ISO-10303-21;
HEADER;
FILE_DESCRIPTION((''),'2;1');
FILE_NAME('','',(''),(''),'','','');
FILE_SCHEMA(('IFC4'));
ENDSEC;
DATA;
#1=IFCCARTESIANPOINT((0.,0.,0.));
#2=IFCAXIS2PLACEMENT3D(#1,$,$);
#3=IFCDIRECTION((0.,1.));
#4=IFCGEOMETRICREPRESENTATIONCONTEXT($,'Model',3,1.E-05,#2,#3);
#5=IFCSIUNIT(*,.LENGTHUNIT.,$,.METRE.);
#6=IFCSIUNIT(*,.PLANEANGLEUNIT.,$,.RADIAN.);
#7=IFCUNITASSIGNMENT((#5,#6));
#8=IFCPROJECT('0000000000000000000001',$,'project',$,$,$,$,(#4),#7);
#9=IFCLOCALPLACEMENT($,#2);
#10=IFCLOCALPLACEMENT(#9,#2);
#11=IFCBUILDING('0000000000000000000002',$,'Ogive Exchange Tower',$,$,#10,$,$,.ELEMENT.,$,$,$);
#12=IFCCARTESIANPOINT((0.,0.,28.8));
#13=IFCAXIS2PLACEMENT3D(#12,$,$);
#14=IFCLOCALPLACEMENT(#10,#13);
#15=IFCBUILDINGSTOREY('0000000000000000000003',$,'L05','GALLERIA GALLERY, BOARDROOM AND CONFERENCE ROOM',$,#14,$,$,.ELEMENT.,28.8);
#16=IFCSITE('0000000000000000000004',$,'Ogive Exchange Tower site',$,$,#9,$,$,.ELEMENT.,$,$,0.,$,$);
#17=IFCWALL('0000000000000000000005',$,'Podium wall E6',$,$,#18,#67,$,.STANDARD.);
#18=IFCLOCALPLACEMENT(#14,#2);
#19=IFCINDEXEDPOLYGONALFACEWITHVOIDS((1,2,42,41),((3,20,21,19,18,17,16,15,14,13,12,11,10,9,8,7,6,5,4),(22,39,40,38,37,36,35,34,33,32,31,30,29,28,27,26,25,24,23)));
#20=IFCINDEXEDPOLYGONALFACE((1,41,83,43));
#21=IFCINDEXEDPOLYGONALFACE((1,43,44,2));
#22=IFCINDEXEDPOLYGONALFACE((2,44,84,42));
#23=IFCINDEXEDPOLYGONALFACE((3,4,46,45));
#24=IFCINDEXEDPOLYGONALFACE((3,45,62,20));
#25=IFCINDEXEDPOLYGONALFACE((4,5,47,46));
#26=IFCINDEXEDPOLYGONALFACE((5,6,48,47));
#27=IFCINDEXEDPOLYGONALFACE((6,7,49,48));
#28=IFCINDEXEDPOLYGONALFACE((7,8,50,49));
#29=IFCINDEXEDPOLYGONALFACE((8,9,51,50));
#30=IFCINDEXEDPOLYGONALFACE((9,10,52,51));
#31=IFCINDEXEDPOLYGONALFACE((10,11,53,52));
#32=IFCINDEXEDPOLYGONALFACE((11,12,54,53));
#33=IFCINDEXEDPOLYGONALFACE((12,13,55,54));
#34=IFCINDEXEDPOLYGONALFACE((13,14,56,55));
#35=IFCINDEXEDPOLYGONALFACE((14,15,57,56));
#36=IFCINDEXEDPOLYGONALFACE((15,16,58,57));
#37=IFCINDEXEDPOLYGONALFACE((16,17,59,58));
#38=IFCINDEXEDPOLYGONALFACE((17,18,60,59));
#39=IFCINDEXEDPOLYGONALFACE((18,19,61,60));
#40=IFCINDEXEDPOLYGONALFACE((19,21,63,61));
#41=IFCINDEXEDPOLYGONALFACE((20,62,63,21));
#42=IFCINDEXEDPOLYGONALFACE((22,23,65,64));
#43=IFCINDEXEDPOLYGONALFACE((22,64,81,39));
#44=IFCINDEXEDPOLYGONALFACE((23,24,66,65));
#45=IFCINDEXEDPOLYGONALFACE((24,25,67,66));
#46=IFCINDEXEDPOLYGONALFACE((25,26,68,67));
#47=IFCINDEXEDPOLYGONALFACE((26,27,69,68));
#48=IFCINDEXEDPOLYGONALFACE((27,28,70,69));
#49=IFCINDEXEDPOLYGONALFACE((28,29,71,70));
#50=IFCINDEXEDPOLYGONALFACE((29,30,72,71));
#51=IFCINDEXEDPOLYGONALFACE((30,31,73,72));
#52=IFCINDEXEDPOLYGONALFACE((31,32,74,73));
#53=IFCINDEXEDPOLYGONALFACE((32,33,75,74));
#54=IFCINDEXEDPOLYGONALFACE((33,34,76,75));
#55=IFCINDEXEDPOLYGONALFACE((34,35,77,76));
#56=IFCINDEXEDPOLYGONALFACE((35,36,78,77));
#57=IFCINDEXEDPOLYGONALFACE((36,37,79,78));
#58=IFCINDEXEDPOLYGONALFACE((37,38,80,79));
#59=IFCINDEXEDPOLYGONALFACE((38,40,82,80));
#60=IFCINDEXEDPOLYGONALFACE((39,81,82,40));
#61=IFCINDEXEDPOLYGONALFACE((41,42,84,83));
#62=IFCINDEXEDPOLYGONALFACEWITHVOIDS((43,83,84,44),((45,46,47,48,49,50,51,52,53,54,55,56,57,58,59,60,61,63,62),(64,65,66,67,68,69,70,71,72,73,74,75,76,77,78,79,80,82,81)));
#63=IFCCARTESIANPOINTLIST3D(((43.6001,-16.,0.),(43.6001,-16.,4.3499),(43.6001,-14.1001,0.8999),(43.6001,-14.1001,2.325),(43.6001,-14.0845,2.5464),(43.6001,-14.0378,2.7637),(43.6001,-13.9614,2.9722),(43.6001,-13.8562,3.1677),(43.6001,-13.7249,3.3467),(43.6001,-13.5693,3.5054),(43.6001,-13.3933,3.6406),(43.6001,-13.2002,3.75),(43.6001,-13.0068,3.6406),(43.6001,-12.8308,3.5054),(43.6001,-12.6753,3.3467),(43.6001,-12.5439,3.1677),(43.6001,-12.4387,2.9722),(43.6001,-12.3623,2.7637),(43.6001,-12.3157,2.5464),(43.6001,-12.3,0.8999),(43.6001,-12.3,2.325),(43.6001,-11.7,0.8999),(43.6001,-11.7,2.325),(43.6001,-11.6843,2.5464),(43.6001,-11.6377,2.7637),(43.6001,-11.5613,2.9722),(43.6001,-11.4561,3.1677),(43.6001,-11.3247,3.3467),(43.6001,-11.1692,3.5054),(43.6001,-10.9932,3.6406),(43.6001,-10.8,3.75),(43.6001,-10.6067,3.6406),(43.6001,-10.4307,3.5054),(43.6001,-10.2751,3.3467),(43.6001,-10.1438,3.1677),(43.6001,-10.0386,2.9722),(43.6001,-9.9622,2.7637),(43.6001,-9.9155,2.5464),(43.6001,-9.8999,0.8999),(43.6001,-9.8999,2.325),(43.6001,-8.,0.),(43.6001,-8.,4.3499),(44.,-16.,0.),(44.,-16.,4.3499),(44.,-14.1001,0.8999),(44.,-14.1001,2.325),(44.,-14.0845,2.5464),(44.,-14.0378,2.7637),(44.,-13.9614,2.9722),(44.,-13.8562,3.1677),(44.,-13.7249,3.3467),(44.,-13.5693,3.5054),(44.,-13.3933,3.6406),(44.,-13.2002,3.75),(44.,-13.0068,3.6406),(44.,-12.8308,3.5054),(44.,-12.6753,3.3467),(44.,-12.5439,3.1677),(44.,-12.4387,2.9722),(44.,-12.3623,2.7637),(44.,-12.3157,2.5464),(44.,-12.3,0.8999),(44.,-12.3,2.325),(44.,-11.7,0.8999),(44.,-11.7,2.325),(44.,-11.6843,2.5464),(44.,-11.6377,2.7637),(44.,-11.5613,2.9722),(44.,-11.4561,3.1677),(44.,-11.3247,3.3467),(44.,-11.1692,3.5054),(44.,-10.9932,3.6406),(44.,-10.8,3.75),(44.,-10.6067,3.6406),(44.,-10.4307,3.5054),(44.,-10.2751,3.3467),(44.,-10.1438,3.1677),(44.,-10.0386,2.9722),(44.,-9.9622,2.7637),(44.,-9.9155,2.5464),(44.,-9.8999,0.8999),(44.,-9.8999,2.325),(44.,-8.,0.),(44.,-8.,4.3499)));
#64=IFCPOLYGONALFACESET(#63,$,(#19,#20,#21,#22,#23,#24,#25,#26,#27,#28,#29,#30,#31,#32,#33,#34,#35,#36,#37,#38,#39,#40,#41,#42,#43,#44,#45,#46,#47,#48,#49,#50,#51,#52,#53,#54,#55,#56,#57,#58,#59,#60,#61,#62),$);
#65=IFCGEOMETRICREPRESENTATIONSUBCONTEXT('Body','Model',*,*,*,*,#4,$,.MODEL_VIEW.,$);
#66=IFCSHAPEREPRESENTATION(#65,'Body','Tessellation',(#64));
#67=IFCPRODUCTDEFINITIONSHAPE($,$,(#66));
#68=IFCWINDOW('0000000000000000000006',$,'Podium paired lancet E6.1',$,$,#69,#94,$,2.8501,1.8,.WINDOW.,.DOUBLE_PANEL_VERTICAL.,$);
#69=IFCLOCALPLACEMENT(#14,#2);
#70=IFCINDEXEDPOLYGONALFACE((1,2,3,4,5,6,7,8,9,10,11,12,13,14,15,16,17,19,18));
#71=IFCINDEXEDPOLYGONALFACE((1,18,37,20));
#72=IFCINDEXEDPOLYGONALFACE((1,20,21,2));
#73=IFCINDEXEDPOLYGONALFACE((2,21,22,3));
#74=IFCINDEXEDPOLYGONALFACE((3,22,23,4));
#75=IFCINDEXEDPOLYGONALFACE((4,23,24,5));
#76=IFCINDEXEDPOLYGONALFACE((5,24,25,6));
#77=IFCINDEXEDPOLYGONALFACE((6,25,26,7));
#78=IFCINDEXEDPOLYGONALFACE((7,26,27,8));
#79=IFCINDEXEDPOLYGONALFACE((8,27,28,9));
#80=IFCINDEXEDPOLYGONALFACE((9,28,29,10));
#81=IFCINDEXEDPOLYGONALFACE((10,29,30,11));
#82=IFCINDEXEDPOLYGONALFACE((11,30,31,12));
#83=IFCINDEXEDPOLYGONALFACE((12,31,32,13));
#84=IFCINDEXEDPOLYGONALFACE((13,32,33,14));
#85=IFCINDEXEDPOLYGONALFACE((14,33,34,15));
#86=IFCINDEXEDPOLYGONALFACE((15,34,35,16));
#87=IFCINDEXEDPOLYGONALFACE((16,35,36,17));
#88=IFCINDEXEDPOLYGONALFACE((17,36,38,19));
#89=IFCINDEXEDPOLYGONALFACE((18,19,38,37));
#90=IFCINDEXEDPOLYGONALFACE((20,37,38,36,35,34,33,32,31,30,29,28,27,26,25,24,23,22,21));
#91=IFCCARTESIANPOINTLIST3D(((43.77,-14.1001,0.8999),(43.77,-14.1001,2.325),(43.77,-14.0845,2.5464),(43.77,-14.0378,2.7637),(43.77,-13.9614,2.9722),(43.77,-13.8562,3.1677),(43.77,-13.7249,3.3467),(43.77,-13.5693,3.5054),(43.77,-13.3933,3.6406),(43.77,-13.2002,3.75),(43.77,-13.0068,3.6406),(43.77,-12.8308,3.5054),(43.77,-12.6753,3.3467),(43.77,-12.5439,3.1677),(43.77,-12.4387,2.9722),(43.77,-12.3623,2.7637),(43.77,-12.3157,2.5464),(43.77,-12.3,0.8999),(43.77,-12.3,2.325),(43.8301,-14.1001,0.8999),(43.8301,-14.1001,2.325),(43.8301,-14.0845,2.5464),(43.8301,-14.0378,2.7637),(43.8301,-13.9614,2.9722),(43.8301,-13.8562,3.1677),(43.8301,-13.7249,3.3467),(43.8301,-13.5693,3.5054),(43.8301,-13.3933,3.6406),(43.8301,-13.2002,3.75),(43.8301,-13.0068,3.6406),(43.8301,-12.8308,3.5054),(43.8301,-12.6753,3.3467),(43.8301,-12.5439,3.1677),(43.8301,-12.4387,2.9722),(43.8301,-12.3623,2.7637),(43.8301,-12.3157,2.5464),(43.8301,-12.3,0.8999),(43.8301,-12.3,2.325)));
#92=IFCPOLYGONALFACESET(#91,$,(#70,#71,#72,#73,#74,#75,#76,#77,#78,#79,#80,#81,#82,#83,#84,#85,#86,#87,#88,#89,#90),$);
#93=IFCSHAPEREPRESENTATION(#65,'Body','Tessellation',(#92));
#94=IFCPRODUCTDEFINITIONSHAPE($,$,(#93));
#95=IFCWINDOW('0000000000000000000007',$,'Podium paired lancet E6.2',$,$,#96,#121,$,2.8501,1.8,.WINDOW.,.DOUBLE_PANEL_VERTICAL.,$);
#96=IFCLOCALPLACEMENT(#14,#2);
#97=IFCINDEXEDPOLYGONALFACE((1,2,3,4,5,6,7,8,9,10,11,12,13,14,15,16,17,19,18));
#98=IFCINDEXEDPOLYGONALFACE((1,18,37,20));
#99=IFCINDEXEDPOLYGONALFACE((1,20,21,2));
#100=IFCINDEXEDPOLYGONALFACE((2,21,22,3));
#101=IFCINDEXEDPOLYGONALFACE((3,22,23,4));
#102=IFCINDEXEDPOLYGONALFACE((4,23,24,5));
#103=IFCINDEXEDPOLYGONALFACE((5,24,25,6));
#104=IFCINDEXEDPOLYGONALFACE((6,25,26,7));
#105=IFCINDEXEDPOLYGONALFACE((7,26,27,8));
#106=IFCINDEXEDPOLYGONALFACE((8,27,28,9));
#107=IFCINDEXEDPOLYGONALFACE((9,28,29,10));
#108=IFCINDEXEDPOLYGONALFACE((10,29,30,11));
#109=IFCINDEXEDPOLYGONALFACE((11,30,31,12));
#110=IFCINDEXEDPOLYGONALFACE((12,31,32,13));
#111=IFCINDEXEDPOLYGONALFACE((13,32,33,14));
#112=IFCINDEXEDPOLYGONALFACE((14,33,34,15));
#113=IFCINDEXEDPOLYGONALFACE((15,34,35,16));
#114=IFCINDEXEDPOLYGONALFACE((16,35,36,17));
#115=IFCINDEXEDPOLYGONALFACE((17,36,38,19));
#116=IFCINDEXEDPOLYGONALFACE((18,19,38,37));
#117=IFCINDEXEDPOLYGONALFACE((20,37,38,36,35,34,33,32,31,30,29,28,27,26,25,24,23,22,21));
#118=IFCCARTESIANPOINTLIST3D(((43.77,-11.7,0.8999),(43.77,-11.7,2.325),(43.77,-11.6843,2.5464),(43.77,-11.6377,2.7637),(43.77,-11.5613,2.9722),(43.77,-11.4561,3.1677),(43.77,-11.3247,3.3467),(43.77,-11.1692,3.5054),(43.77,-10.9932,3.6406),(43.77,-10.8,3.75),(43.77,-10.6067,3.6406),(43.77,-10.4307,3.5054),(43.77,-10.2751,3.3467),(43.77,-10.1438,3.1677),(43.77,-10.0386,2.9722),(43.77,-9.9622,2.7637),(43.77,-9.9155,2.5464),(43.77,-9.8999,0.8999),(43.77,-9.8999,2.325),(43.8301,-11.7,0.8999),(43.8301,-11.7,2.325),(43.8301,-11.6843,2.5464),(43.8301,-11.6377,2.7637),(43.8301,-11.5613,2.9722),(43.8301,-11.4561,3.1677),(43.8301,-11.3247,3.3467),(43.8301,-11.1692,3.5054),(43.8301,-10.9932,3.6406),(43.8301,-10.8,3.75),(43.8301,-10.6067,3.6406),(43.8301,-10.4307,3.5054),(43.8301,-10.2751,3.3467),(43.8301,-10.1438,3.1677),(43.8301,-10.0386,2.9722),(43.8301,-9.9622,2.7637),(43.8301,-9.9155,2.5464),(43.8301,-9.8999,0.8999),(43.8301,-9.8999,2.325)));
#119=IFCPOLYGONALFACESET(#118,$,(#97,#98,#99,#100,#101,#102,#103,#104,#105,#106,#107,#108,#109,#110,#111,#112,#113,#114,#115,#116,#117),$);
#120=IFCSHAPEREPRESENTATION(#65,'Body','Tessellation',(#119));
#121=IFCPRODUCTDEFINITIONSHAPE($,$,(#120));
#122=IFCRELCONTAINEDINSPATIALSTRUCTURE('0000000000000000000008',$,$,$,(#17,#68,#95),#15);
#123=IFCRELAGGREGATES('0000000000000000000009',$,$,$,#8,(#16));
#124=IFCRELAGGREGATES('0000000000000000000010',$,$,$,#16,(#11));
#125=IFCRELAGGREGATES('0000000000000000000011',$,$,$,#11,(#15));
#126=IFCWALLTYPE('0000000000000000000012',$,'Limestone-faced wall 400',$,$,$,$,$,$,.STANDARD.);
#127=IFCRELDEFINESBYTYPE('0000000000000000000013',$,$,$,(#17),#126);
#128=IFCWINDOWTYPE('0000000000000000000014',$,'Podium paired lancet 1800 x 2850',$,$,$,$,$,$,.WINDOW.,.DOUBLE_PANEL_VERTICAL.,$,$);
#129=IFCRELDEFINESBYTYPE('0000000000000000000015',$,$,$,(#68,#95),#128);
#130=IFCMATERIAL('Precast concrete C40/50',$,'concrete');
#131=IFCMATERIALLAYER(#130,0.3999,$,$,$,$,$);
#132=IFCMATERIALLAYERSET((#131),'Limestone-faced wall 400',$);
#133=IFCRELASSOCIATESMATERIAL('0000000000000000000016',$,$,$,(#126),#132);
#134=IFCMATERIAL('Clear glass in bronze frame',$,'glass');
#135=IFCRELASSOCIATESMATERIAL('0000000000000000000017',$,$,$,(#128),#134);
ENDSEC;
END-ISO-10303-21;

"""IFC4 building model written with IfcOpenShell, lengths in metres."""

from ifc_helpers import new_model, si_unit, direction, frame, frame_2d, origin, place, context, subcontext, project, spatial, polyline, rectangle, outline, extrude, material, layer, layer_set, type_object, element, fill, save


model = new_model("IFC4")

# Units and contexts
model_context = context("Model", 3, precision=1e-05, world=origin(), true_north=direction((0.0, 1.0)))
body_context = subcontext(model_context, "Body", "Model", "MODEL_VIEW")
ifc_project = project(units=[si_unit("LENGTHUNIT", "METRE"), si_unit("PLANEANGLEUNIT", "RADIAN")], contexts=[model_context])

# Site, building, storey
site_placement = place(None, origin())
site = spatial("IfcSite", under=ifc_project, at=site_placement, Name="Ogive Exchange Tower site", CompositionType="ELEMENT", RefElevation=0.0)
building_placement = place(site_placement, origin())
building = spatial("IfcBuilding", under=site, at=building_placement, Name="Ogive Exchange Tower", CompositionType="ELEMENT")
storey_placement = place(building_placement, frame((0.0, 0.0, 28.8)))
storey = spatial("IfcBuildingStorey", under=building, at=storey_placement, Name="L05", Description="GALLERIA GALLERY, BOARDROOM AND CONFERENCE ROOM", CompositionType="ELEMENT", Elevation=28.8)

# Shared definitions
ifc_material_1 = material(Name="Precast concrete C40/50", Category="concrete")
ifc_layer_1 = layer(ifc_material_1, 0.3999)
ifc_layer_set_1 = layer_set([ifc_layer_1], Name="Limestone-faced wall 400")
wall_type_1 = type_object("IfcWallType", Name="Limestone-faced wall 400", PredefinedType="STANDARD", material=ifc_layer_set_1)
ifc_material_2 = material(Name="Clear glass in bronze frame", Category="glass")

# Wall, openings, windows
wall_1_placement = place(storey_placement, frame((43.8, -16.0, 0.0), z_axis=(0.0, 0.0, 1.0), x_axis=(0.0, 1.0, 0.0)))
wall_1 = element("IfcWall", 1, at=wall_1_placement, inside=storey, type_object=wall_type_1, Name="Podium wall E6", PredefinedType="STANDARD", context=body_context, shape_type="SweptSolid", body=[
    extrude(rectangle(XDim=8.0, YDim=0.3999, at=frame_2d((4.0, 0.0))), origin(), (0.0, 0.0, 1.0), 4.3499),
])
opening_1_placement = place(wall_1_placement, frame((1.8999, 0.0, 0.8999)))
opening_1 = element("IfcOpeningElement", 2, at=opening_1_placement, cuts=wall_1, PredefinedType="OPENING", context=body_context, shape_type="SweptSolid", body=[
    extrude(outline(polyline([(0.0, 0.0), (1.8, 0.0), (1.8, 1.425), (1.7844, 1.6465), (1.7378, 1.8638), (1.6614, 2.0723), (1.5562, 2.2678), (1.4248, 2.4468), (1.2693, 2.6055), (1.0933, 2.7407), (0.8999, 2.8501), (0.7068, 2.7407), (0.5308, 2.6055), (0.3752, 2.4468), (0.2439, 2.2678), (0.1387, 2.0723), (0.0623, 1.8638), (0.0156, 1.6465), (0.0, 1.425), (0.0, 0.0)])), frame((0.0, 0.21, 0.0), z_axis=(0.0, -1.0, 0.0), x_axis=(1.0, 0.0, 0.0)), (0.0, 0.0, 1.0), 0.4199),
])
opening_2_placement = place(wall_1_placement, frame((4.3, 0.0, 0.8999)))
opening_2 = element("IfcOpeningElement", 3, at=opening_2_placement, cuts=wall_1, PredefinedType="OPENING", context=body_context, shape_type="SweptSolid", body=[
    extrude(outline(polyline([(0.0, 0.0), (1.8, 0.0), (1.8, 1.425), (1.7844, 1.6465), (1.7378, 1.8638), (1.6614, 2.0723), (1.5562, 2.2678), (1.4248, 2.4468), (1.2693, 2.6055), (1.0933, 2.7407), (0.8999, 2.8501), (0.7068, 2.7407), (0.5308, 2.6055), (0.3752, 2.4468), (0.2439, 2.2678), (0.1387, 2.0723), (0.0623, 1.8638), (0.0156, 1.6465), (0.0, 1.425), (0.0, 0.0)])), frame((0.0, 0.21, 0.0), z_axis=(0.0, -1.0, 0.0), x_axis=(1.0, 0.0, 0.0)), (0.0, 0.0, 1.0), 0.4199),
])
window_type_1 = type_object("IfcWindowType", Name="Podium paired lancet 1800 x 2850", PartitioningType="DOUBLE_PANEL_VERTICAL", PredefinedType="WINDOW", material=ifc_material_2)
window_1_placement = place(opening_1_placement, origin())
window_1 = element("IfcWindow", 4, at=window_1_placement, inside=storey, type_object=window_type_1, Name="Podium paired lancet E6.1", OverallHeight=2.8501, OverallWidth=1.8, PartitioningType="DOUBLE_PANEL_VERTICAL", PredefinedType="WINDOW", context=body_context, shape_type="SweptSolid", body=[
    extrude(outline(polyline([(0.0, 0.0), (1.8, 0.0), (1.8, 1.425), (1.7844, 1.6465), (1.7378, 1.8638), (1.6614, 2.0723), (1.5562, 2.2678), (1.4248, 2.4468), (1.2693, 2.6055), (1.0933, 2.7407), (0.8999, 2.8501), (0.7068, 2.7407), (0.5308, 2.6055), (0.3752, 2.4468), (0.2439, 2.2678), (0.1387, 2.0723), (0.0623, 1.8638), (0.0156, 1.6465), (0.0, 1.425), (0.0, 0.0)])), frame((0.0, 0.03, 0.0), z_axis=(0.0, -1.0, 0.0), x_axis=(1.0, 0.0, 0.0)), (0.0, 0.0, 1.0), 0.0601),
])
fill(opening_1, window_1)
window_2_placement = place(opening_2_placement, origin())
window_2 = element("IfcWindow", 5, at=window_2_placement, inside=storey, type_object=window_type_1, Name="Podium paired lancet E6.2", OverallHeight=2.8501, OverallWidth=1.8, PartitioningType="DOUBLE_PANEL_VERTICAL", PredefinedType="WINDOW", context=body_context, shape_type="SweptSolid", body=[
    extrude(outline(polyline([(0.0, 0.0), (1.8, 0.0), (1.8, 1.425), (1.7844, 1.6465), (1.7378, 1.8638), (1.6614, 2.0723), (1.5562, 2.2678), (1.4248, 2.4468), (1.2693, 2.6055), (1.0933, 2.7407), (0.8999, 2.8501), (0.7068, 2.7407), (0.5308, 2.6055), (0.3752, 2.4468), (0.2439, 2.2678), (0.1387, 2.0723), (0.0623, 1.8638), (0.0156, 1.6465), (0.0, 1.425), (0.0, 0.0)])), frame((0.0, 0.03, 0.0), z_axis=(0.0, -1.0, 0.0), x_axis=(1.0, 0.0, 0.0)), (0.0, 0.0, 1.0), 0.0601),
])
fill(opening_2, window_2)

save(model, "model.ifc")
